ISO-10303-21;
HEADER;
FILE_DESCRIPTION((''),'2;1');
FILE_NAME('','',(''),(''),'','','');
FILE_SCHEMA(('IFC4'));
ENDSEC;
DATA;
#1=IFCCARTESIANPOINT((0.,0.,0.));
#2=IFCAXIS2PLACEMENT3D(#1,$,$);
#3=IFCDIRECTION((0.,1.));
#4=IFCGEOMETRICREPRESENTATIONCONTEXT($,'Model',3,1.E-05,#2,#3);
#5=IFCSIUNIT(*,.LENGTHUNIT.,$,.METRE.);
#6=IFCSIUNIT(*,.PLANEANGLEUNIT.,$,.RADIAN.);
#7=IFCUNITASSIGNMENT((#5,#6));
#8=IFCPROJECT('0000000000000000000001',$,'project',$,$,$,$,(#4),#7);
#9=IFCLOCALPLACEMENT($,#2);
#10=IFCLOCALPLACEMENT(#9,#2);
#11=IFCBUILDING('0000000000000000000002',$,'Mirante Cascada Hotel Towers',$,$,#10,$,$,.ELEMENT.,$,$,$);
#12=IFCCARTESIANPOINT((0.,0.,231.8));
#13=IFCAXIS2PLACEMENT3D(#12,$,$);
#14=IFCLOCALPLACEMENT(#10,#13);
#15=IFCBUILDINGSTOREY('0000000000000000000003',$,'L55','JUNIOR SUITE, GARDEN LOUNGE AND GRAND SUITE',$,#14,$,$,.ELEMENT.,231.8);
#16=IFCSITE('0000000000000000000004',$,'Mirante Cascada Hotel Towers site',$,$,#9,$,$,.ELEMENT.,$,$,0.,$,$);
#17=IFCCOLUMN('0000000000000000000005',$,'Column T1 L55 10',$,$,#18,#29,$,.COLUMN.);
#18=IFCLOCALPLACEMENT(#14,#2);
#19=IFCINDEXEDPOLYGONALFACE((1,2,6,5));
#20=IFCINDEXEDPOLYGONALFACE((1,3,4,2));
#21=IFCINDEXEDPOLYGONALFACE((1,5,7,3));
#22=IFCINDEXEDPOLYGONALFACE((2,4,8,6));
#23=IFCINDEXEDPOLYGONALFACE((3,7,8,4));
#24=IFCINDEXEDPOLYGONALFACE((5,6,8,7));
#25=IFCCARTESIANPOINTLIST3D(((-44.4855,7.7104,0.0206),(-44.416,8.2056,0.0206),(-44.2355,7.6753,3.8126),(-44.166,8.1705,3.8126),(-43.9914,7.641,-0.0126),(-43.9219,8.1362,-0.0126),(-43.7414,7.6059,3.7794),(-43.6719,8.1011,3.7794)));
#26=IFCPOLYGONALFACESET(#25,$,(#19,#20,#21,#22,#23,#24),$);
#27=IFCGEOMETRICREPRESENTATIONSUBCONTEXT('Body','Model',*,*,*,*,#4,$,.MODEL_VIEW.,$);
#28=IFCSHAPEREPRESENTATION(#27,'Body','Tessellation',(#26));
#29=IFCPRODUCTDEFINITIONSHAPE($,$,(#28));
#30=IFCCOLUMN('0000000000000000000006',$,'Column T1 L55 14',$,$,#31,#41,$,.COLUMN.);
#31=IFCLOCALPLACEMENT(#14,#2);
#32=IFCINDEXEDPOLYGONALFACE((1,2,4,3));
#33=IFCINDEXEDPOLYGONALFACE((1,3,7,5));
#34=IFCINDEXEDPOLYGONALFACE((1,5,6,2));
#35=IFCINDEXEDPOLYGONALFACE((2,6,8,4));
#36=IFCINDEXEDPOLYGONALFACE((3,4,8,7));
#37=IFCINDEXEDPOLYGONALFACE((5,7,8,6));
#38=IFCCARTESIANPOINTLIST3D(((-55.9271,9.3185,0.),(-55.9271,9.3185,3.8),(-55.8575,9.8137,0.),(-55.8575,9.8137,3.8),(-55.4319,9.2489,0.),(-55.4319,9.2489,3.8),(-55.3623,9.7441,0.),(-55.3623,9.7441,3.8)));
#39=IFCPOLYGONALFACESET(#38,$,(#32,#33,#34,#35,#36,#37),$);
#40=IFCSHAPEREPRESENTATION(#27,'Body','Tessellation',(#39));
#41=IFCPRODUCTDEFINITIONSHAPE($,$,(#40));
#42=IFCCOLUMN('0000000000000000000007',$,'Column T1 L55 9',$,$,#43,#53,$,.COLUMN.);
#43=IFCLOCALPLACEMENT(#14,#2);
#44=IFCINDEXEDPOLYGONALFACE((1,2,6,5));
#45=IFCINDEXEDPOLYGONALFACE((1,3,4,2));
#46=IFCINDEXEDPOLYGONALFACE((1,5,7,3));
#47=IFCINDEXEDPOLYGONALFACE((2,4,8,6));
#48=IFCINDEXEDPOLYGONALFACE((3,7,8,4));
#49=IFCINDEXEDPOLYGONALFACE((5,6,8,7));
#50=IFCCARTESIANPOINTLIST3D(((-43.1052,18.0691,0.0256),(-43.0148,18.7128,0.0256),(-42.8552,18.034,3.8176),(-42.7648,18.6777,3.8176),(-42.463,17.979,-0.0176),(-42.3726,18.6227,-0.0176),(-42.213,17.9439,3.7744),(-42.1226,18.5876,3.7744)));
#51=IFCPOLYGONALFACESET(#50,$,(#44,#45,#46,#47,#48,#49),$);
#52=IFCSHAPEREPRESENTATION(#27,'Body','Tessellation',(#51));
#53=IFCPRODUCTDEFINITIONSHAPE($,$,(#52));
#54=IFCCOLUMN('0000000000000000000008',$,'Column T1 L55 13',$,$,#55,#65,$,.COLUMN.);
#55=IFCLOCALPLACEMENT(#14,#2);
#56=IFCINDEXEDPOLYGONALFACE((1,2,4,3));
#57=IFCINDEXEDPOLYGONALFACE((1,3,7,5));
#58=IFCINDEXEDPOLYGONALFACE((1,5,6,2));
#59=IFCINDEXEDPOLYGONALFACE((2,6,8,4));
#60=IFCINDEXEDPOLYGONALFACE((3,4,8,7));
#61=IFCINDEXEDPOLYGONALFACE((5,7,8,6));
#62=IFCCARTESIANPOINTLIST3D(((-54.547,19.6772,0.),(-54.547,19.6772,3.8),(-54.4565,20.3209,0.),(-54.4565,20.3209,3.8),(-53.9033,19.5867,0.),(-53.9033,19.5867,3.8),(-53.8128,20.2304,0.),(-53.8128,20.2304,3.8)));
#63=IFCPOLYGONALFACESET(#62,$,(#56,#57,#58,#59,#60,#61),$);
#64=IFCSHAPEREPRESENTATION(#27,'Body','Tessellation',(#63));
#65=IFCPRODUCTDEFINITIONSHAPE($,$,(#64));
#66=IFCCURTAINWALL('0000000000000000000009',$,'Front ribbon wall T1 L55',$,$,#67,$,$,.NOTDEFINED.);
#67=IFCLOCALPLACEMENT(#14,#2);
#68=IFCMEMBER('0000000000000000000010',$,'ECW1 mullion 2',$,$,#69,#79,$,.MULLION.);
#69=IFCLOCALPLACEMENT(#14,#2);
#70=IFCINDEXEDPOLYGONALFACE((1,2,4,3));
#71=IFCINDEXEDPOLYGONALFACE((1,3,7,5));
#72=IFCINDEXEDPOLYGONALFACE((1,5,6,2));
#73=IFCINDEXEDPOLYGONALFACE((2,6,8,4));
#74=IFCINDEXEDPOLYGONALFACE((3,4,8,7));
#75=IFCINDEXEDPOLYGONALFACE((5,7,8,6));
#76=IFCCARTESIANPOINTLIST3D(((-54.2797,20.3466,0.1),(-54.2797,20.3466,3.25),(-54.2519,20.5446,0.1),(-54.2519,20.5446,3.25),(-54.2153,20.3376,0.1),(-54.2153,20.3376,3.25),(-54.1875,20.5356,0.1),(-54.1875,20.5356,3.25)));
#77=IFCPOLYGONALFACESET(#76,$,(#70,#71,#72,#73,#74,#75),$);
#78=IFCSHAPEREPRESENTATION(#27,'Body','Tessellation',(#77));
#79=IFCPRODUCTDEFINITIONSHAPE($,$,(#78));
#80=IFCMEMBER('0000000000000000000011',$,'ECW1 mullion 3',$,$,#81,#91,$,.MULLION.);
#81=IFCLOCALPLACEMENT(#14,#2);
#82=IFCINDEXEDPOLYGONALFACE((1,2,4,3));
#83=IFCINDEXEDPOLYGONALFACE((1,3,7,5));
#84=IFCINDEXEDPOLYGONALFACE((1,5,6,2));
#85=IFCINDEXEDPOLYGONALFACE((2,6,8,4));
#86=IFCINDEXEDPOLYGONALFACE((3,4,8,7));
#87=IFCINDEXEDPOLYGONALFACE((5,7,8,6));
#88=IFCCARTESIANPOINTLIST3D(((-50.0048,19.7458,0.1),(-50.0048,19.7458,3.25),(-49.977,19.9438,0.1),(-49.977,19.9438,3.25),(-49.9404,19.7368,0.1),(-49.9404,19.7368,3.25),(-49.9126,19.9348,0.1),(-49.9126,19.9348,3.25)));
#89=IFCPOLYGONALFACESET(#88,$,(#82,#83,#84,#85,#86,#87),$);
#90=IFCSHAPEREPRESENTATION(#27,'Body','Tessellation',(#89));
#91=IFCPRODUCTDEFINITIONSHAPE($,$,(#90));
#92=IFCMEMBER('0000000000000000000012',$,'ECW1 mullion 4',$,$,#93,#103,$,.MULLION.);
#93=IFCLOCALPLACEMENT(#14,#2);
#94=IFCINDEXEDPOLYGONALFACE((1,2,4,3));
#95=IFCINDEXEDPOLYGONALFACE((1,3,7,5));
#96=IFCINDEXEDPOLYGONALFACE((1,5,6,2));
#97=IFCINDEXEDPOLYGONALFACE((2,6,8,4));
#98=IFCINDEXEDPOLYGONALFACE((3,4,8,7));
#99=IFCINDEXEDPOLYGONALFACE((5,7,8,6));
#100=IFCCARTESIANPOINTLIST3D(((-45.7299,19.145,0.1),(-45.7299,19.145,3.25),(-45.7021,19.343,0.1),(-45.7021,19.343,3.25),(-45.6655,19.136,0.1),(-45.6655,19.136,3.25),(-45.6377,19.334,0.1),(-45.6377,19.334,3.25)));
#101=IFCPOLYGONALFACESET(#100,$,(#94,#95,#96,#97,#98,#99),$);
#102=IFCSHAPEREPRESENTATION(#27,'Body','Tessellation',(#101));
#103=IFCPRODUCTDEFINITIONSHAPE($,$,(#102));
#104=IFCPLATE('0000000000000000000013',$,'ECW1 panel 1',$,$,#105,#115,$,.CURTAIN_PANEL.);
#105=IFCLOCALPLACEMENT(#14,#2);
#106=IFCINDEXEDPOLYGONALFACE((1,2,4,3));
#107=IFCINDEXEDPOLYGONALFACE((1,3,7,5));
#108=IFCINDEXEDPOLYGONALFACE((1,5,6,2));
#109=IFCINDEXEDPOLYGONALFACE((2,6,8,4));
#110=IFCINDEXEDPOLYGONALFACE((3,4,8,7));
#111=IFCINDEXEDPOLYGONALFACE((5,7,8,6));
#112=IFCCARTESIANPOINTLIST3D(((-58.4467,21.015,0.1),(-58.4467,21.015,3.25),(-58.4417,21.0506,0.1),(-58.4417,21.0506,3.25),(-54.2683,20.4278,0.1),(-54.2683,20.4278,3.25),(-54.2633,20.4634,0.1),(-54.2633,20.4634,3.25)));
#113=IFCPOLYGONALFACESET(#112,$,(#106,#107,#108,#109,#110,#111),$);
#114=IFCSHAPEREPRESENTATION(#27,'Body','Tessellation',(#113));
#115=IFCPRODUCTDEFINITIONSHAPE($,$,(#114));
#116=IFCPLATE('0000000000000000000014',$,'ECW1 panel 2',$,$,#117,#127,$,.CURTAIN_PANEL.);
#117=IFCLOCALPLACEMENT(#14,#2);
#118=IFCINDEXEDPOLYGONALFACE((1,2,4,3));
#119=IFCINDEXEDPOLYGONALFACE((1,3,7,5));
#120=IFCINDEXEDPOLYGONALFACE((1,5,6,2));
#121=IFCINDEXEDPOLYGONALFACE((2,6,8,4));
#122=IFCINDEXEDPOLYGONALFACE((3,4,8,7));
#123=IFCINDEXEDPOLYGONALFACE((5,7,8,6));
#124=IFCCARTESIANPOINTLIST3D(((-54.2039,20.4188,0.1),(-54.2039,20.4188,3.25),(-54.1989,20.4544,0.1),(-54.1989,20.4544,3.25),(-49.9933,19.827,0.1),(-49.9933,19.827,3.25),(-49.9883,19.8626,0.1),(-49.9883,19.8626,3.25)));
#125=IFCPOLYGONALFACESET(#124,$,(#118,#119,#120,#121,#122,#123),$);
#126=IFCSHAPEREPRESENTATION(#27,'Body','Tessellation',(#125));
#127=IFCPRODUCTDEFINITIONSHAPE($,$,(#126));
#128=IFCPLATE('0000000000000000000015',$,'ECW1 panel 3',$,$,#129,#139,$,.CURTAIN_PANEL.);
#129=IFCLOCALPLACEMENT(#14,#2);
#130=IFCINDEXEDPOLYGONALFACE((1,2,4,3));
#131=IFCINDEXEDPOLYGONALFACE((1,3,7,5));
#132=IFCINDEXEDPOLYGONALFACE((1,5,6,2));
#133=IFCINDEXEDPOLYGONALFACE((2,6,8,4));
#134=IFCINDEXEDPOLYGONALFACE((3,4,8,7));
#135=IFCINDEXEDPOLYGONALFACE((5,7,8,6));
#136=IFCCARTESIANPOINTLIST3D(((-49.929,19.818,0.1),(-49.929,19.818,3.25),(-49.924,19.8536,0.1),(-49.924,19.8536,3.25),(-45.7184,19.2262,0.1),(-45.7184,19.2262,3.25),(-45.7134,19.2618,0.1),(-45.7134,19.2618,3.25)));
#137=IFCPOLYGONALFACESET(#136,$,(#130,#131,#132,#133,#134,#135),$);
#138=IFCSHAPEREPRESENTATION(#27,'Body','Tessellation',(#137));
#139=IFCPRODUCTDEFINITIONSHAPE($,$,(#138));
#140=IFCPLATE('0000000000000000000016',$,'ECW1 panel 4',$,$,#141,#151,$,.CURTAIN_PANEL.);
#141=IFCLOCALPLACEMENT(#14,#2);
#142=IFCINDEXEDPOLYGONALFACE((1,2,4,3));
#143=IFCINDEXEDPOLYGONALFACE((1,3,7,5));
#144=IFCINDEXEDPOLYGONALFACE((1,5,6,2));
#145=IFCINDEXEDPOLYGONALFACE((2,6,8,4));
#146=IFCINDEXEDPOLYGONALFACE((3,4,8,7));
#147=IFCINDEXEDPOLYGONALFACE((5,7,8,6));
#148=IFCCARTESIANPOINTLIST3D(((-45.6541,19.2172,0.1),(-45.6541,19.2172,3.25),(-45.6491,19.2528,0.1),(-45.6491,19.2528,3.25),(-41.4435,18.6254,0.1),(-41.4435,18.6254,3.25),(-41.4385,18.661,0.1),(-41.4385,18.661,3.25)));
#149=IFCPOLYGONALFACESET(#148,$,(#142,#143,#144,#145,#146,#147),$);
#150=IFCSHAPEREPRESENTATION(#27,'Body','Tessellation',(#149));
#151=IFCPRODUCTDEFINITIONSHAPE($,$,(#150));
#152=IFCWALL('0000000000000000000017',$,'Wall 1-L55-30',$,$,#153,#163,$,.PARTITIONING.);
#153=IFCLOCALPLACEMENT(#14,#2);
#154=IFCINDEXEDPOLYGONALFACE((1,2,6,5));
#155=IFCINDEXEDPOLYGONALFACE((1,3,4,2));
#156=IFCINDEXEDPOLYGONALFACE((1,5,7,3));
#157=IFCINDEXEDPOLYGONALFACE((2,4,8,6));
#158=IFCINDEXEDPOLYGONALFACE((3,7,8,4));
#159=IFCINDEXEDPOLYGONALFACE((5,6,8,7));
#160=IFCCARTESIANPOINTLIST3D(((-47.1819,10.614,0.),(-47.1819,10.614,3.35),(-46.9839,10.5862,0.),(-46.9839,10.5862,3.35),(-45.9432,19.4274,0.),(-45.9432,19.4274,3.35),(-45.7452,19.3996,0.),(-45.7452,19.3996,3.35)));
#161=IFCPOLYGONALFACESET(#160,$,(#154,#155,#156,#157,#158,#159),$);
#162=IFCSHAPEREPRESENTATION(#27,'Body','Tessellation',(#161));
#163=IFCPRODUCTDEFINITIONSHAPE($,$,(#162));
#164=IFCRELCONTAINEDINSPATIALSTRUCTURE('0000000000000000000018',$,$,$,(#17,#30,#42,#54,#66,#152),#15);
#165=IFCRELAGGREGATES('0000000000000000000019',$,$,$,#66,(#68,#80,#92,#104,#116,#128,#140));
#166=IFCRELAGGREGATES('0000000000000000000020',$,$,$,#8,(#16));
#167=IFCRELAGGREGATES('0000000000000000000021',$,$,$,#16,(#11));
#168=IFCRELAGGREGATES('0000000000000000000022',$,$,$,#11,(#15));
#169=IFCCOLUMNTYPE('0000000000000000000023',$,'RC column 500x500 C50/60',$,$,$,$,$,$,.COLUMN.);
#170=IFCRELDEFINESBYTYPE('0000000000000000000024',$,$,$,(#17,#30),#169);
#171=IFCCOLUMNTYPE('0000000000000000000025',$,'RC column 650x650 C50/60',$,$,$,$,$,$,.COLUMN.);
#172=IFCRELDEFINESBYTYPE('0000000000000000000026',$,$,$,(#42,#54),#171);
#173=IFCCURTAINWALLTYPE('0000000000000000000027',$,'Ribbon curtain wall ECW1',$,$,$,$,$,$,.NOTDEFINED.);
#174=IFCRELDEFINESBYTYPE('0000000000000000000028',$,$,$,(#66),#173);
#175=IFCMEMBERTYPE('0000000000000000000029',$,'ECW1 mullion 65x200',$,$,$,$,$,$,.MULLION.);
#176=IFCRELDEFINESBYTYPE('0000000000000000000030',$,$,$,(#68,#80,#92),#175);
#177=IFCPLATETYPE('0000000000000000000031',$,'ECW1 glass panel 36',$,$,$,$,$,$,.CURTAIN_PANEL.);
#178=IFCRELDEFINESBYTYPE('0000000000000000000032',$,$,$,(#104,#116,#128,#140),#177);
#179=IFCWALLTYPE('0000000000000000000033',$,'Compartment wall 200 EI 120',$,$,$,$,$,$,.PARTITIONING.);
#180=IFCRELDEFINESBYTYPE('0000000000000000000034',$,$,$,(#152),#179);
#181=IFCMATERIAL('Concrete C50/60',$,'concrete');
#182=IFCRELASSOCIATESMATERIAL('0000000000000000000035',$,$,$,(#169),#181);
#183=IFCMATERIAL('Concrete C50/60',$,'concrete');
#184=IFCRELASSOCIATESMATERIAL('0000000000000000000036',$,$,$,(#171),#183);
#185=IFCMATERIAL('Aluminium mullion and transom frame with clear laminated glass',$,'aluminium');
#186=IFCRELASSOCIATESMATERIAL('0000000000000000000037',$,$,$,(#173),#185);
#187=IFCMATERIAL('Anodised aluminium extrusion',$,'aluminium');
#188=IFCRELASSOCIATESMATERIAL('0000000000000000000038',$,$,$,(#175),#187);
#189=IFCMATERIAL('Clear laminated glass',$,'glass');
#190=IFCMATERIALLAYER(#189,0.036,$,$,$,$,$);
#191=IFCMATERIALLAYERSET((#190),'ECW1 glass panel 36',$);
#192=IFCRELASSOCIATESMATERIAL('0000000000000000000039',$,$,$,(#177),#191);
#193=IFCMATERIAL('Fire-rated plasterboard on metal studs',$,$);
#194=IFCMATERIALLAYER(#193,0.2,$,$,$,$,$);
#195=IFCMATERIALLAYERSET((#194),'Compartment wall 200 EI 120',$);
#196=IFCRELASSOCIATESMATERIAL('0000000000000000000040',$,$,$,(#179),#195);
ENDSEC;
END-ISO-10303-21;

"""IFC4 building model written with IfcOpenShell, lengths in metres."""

from ifc_helpers import new_model, si_unit, direction, frame, frame_2d, origin, origin_2d, place, context, subcontext, project, spatial, rectangle, extrude, material, layer, layer_set, material_profile, profile_set, type_object, element, aggregate, save


model = new_model("IFC4")

# Units and contexts
model_context = context("Model", 3, precision=1e-05, world=origin(), true_north=direction((0.0, 1.0)))
body_context = subcontext(model_context, "Body", "Model", "MODEL_VIEW")
ifc_project = project(units=[si_unit("LENGTHUNIT", "METRE"), si_unit("PLANEANGLEUNIT", "RADIAN")], contexts=[model_context])

# Site, building, storey
site_placement = place(None, origin())
site = spatial("IfcSite", under=ifc_project, at=site_placement, Name="Mirante Cascada Hotel Towers site", CompositionType="ELEMENT", RefElevation=0.0)
building_placement = place(site_placement, origin())
building = spatial("IfcBuilding", under=site, at=building_placement, Name="Mirante Cascada Hotel Towers", CompositionType="ELEMENT")
storey_placement = place(building_placement, frame((0.0, 0.0, 231.8)))
storey = spatial("IfcBuildingStorey", under=building, at=storey_placement, Name="L55", Description="JUNIOR SUITE, GARDEN LOUNGE AND GRAND SUITE", CompositionType="ELEMENT", Elevation=231.8)

# Columns
ifc_material_1 = material(Name="Concrete C50/60", Category="concrete")
ifc_material_profile_1 = material_profile(ifc_material_1, rectangle(XDim=0.5, YDim=0.5, at=origin_2d()), Name="RC column 500x500 C50/60")
ifc_profile_set_1 = profile_set([ifc_material_profile_1], Name="Concrete C50/60")
column_type_1 = type_object("IfcColumnType", Name="RC column 500x500 C50/60", PredefinedType="COLUMN", material=ifc_profile_set_1)
column_1_placement = place(storey_placement, frame((-44.2037, 7.9233, 0.004), z_axis=(0.065783, -0.009236, 0.997791), x_axis=(0.139036, 0.990287, 0.0)))
element("IfcColumn", 1, at=column_1_placement, inside=storey, type_object=column_type_1, Name="Column T1 L55 10", PredefinedType="COLUMN", context=body_context, shape_type="SweptSolid", body=[
    extrude(rectangle(XDim=0.5, YDim=0.5, at=origin_2d()), origin(), (0.0, 0.0, 1.0), 3.8004),
])
column_2_placement = place(storey_placement, frame((-55.6447, 9.5313, 0.0), z_axis=(0.0, 0.0, 1.0), x_axis=(-0.990268, 0.139173, 0.0)))
element("IfcColumn", 2, at=column_2_placement, inside=storey, type_object=column_type_1, Name="Column T1 L55 14", PredefinedType="COLUMN", context=body_context, shape_type="SweptSolid", body=[
    extrude(rectangle(XDim=0.5, YDim=0.5, at=origin_2d()), origin(), (0.0, 0.0, 1.0), 3.8),
])
ifc_material_2 = material(Name="Concrete C50/60", Category="concrete")
ifc_material_profile_2 = material_profile(ifc_material_2, rectangle(XDim=0.65, YDim=0.65, at=origin_2d()), Name="RC column 650x650 C50/60")
ifc_profile_set_2 = profile_set([ifc_material_profile_2], Name="Concrete C50/60")
column_type_2 = type_object("IfcColumnType", Name="RC column 650x650 C50/60", PredefinedType="COLUMN", material=ifc_profile_set_2)
column_3_placement = place(storey_placement, frame((-42.7389, 18.3459, 0.004), z_axis=(0.065783, -0.009236, 0.997791), x_axis=(0.139036, 0.990287, 0.0)))
element("IfcColumn", 3, at=column_3_placement, inside=storey, type_object=column_type_2, Name="Column T1 L55 9", PredefinedType="COLUMN", context=body_context, shape_type="SweptSolid", body=[
    extrude(rectangle(XDim=0.65, YDim=0.65, at=origin_2d()), origin(), (0.0, 0.0, 1.0), 3.8004),
])
column_4_placement = place(storey_placement, frame((-54.1799, 19.9538, 0.0), z_axis=(0.0, 0.0, 1.0), x_axis=(-0.990268, 0.139173, 0.0)))
element("IfcColumn", 4, at=column_4_placement, inside=storey, type_object=column_type_2, Name="Column T1 L55 13", PredefinedType="COLUMN", context=body_context, shape_type="SweptSolid", body=[
    extrude(rectangle(XDim=0.65, YDim=0.65, at=origin_2d()), origin(), (0.0, 0.0, 1.0), 3.8),
])

# Curtain wall, members, plates
ifc_material_3 = material(Name="Aluminium mullion and transom frame with clear laminated glass", Category="aluminium")
curtain_wall_type = type_object("IfcCurtainWallType", Name="Ribbon curtain wall ECW1", PredefinedType="NOTDEFINED", material=ifc_material_3)
curtain_wall_placement = place(storey_placement, origin())
curtain_wall = element("IfcCurtainWall", 5, at=curtain_wall_placement, inside=storey, type_object=curtain_wall_type, Name="Front ribbon wall T1 L55", PredefinedType="NOTDEFINED")
ifc_material_4 = material(Name="Anodised aluminium extrusion", Category="aluminium")
ifc_material_profile_3 = material_profile(ifc_material_4, rectangle(XDim=0.2, YDim=0.065, at=origin_2d()), Name="ECW1 MULLION 65x200")
ifc_profile_set_3 = profile_set([ifc_material_profile_3], Name="Anodised aluminium extrusion")
member_type = type_object("IfcMemberType", Name="ECW1 mullion 65x200", PredefinedType="MULLION", material=ifc_profile_set_3)
member_1_placement = place(storey_placement, frame((-54.2336, 20.4411, 0.1), z_axis=(0.0, 0.0, 1.0), x_axis=(0.139173, 0.990268, 0.0)))
member_1 = element("IfcMember", 6, at=member_1_placement, type_object=member_type, Name="ECW1 mullion 2", PredefinedType="MULLION", context=body_context, shape_type="SweptSolid", body=[
    extrude(rectangle(XDim=0.2, YDim=0.065, at=origin_2d()), origin(), (0.0, 0.0, 1.0), 3.15),
])
member_2_placement = place(storey_placement, frame((-49.9587, 19.8403, 0.1), z_axis=(0.0, 0.0, 1.0), x_axis=(0.139173, 0.990268, 0.0)))
member_2 = element("IfcMember", 7, at=member_2_placement, type_object=member_type, Name="ECW1 mullion 3", PredefinedType="MULLION", context=body_context, shape_type="SweptSolid", body=[
    extrude(rectangle(XDim=0.2, YDim=0.065, at=origin_2d()), origin(), (0.0, 0.0, 1.0), 3.15),
])
member_3_placement = place(storey_placement, frame((-45.6838, 19.2395, 0.1), z_axis=(0.0, 0.0, 1.0), x_axis=(0.139173, 0.990268, 0.0)))
member_3 = element("IfcMember", 8, at=member_3_placement, type_object=member_type, Name="ECW1 mullion 4", PredefinedType="MULLION", context=body_context, shape_type="SweptSolid", body=[
    extrude(rectangle(XDim=0.2, YDim=0.065, at=origin_2d()), origin(), (0.0, 0.0, 1.0), 3.15),
])
ifc_material_5 = material(Name="Clear laminated glass", Category="glass")
ifc_layer_1 = layer(ifc_material_5, 0.036)
ifc_layer_set_1 = layer_set([ifc_layer_1], Name="ECW1 glass panel 36")
plate_type = type_object("IfcPlateType", Name="ECW1 glass panel 36", PredefinedType="CURTAIN_PANEL", material=ifc_layer_set_1)
plate_1_placement = place(storey_placement, frame((-56.355, 20.7392, 0.1), z_axis=(0.0, 0.0, 1.0), x_axis=(0.990268, -0.139173, 0.0)))
plate_1 = element("IfcPlate", 9, at=plate_1_placement, type_object=plate_type, Name="ECW1 panel 1", PredefinedType="CURTAIN_PANEL", context=body_context, shape_type="SweptSolid", body=[
    extrude(rectangle(XDim=4.2194, YDim=0.036, at=origin_2d()), origin(), (0.0, 0.0, 1.0), 3.15),
])
plate_2_placement = place(storey_placement, frame((-52.0961, 20.1407, 0.1), z_axis=(0.0, 0.0, 1.0), x_axis=(0.990268, -0.139173, 0.0)))
plate_2 = element("IfcPlate", 10, at=plate_2_placement, type_object=plate_type, Name="ECW1 panel 2", PredefinedType="CURTAIN_PANEL", context=body_context, shape_type="SweptSolid", body=[
    extrude(rectangle(XDim=4.2519, YDim=0.036, at=origin_2d()), origin(), (0.0, 0.0, 1.0), 3.15),
])
plate_3_placement = place(storey_placement, frame((-47.8212, 19.5399, 0.1), z_axis=(0.0, 0.0, 1.0), x_axis=(0.990268, -0.139173, 0.0)))
plate_3 = element("IfcPlate", 11, at=plate_3_placement, type_object=plate_type, Name="ECW1 panel 3", PredefinedType="CURTAIN_PANEL", context=body_context, shape_type="SweptSolid", body=[
    extrude(rectangle(XDim=4.2519, YDim=0.036, at=origin_2d()), origin(), (0.0, 0.0, 1.0), 3.15),
])
plate_4_placement = place(storey_placement, frame((-43.5463, 18.9391, 0.1), z_axis=(0.0, 0.0, 1.0), x_axis=(0.990268, -0.139173, 0.0)))
plate_4 = element("IfcPlate", 12, at=plate_4_placement, type_object=plate_type, Name="ECW1 panel 4", PredefinedType="CURTAIN_PANEL", context=body_context, shape_type="SweptSolid", body=[
    extrude(rectangle(XDim=4.2519, YDim=0.036, at=origin_2d()), origin(), (0.0, 0.0, 1.0), 3.15),
])
aggregate(curtain_wall, [member_1, member_2, member_3, plate_1, plate_2, plate_3, plate_4])

# Wall
ifc_material_6 = material(Name="Fire-rated plasterboard on metal studs")
ifc_layer_2 = layer(ifc_material_6, 0.2)
ifc_layer_set_2 = layer_set([ifc_layer_2], Name="Compartment wall 200 EI 120")
wall_type_1 = type_object("IfcWallType", Name="Compartment wall 200 EI 120", PredefinedType="PARTITIONING", material=ifc_layer_set_2)
wall_1_placement = place(storey_placement, frame((-47.0829, 10.6001, 0.0), z_axis=(0.0, 0.0, 1.0), x_axis=(0.139179, 0.990267, 0.0)))
element("IfcWall", 13, at=wall_1_placement, inside=storey, type_object=wall_type_1, Name="Wall 1-L55-30", PredefinedType="PARTITIONING", context=body_context, shape_type="SweptSolid", body=[
    extrude(rectangle(XDim=8.9, YDim=0.2, at=frame_2d((4.45, 0.0))), origin(), (0.0, 0.0, 1.0), 3.35),
])

save(model, "model.ifc")
